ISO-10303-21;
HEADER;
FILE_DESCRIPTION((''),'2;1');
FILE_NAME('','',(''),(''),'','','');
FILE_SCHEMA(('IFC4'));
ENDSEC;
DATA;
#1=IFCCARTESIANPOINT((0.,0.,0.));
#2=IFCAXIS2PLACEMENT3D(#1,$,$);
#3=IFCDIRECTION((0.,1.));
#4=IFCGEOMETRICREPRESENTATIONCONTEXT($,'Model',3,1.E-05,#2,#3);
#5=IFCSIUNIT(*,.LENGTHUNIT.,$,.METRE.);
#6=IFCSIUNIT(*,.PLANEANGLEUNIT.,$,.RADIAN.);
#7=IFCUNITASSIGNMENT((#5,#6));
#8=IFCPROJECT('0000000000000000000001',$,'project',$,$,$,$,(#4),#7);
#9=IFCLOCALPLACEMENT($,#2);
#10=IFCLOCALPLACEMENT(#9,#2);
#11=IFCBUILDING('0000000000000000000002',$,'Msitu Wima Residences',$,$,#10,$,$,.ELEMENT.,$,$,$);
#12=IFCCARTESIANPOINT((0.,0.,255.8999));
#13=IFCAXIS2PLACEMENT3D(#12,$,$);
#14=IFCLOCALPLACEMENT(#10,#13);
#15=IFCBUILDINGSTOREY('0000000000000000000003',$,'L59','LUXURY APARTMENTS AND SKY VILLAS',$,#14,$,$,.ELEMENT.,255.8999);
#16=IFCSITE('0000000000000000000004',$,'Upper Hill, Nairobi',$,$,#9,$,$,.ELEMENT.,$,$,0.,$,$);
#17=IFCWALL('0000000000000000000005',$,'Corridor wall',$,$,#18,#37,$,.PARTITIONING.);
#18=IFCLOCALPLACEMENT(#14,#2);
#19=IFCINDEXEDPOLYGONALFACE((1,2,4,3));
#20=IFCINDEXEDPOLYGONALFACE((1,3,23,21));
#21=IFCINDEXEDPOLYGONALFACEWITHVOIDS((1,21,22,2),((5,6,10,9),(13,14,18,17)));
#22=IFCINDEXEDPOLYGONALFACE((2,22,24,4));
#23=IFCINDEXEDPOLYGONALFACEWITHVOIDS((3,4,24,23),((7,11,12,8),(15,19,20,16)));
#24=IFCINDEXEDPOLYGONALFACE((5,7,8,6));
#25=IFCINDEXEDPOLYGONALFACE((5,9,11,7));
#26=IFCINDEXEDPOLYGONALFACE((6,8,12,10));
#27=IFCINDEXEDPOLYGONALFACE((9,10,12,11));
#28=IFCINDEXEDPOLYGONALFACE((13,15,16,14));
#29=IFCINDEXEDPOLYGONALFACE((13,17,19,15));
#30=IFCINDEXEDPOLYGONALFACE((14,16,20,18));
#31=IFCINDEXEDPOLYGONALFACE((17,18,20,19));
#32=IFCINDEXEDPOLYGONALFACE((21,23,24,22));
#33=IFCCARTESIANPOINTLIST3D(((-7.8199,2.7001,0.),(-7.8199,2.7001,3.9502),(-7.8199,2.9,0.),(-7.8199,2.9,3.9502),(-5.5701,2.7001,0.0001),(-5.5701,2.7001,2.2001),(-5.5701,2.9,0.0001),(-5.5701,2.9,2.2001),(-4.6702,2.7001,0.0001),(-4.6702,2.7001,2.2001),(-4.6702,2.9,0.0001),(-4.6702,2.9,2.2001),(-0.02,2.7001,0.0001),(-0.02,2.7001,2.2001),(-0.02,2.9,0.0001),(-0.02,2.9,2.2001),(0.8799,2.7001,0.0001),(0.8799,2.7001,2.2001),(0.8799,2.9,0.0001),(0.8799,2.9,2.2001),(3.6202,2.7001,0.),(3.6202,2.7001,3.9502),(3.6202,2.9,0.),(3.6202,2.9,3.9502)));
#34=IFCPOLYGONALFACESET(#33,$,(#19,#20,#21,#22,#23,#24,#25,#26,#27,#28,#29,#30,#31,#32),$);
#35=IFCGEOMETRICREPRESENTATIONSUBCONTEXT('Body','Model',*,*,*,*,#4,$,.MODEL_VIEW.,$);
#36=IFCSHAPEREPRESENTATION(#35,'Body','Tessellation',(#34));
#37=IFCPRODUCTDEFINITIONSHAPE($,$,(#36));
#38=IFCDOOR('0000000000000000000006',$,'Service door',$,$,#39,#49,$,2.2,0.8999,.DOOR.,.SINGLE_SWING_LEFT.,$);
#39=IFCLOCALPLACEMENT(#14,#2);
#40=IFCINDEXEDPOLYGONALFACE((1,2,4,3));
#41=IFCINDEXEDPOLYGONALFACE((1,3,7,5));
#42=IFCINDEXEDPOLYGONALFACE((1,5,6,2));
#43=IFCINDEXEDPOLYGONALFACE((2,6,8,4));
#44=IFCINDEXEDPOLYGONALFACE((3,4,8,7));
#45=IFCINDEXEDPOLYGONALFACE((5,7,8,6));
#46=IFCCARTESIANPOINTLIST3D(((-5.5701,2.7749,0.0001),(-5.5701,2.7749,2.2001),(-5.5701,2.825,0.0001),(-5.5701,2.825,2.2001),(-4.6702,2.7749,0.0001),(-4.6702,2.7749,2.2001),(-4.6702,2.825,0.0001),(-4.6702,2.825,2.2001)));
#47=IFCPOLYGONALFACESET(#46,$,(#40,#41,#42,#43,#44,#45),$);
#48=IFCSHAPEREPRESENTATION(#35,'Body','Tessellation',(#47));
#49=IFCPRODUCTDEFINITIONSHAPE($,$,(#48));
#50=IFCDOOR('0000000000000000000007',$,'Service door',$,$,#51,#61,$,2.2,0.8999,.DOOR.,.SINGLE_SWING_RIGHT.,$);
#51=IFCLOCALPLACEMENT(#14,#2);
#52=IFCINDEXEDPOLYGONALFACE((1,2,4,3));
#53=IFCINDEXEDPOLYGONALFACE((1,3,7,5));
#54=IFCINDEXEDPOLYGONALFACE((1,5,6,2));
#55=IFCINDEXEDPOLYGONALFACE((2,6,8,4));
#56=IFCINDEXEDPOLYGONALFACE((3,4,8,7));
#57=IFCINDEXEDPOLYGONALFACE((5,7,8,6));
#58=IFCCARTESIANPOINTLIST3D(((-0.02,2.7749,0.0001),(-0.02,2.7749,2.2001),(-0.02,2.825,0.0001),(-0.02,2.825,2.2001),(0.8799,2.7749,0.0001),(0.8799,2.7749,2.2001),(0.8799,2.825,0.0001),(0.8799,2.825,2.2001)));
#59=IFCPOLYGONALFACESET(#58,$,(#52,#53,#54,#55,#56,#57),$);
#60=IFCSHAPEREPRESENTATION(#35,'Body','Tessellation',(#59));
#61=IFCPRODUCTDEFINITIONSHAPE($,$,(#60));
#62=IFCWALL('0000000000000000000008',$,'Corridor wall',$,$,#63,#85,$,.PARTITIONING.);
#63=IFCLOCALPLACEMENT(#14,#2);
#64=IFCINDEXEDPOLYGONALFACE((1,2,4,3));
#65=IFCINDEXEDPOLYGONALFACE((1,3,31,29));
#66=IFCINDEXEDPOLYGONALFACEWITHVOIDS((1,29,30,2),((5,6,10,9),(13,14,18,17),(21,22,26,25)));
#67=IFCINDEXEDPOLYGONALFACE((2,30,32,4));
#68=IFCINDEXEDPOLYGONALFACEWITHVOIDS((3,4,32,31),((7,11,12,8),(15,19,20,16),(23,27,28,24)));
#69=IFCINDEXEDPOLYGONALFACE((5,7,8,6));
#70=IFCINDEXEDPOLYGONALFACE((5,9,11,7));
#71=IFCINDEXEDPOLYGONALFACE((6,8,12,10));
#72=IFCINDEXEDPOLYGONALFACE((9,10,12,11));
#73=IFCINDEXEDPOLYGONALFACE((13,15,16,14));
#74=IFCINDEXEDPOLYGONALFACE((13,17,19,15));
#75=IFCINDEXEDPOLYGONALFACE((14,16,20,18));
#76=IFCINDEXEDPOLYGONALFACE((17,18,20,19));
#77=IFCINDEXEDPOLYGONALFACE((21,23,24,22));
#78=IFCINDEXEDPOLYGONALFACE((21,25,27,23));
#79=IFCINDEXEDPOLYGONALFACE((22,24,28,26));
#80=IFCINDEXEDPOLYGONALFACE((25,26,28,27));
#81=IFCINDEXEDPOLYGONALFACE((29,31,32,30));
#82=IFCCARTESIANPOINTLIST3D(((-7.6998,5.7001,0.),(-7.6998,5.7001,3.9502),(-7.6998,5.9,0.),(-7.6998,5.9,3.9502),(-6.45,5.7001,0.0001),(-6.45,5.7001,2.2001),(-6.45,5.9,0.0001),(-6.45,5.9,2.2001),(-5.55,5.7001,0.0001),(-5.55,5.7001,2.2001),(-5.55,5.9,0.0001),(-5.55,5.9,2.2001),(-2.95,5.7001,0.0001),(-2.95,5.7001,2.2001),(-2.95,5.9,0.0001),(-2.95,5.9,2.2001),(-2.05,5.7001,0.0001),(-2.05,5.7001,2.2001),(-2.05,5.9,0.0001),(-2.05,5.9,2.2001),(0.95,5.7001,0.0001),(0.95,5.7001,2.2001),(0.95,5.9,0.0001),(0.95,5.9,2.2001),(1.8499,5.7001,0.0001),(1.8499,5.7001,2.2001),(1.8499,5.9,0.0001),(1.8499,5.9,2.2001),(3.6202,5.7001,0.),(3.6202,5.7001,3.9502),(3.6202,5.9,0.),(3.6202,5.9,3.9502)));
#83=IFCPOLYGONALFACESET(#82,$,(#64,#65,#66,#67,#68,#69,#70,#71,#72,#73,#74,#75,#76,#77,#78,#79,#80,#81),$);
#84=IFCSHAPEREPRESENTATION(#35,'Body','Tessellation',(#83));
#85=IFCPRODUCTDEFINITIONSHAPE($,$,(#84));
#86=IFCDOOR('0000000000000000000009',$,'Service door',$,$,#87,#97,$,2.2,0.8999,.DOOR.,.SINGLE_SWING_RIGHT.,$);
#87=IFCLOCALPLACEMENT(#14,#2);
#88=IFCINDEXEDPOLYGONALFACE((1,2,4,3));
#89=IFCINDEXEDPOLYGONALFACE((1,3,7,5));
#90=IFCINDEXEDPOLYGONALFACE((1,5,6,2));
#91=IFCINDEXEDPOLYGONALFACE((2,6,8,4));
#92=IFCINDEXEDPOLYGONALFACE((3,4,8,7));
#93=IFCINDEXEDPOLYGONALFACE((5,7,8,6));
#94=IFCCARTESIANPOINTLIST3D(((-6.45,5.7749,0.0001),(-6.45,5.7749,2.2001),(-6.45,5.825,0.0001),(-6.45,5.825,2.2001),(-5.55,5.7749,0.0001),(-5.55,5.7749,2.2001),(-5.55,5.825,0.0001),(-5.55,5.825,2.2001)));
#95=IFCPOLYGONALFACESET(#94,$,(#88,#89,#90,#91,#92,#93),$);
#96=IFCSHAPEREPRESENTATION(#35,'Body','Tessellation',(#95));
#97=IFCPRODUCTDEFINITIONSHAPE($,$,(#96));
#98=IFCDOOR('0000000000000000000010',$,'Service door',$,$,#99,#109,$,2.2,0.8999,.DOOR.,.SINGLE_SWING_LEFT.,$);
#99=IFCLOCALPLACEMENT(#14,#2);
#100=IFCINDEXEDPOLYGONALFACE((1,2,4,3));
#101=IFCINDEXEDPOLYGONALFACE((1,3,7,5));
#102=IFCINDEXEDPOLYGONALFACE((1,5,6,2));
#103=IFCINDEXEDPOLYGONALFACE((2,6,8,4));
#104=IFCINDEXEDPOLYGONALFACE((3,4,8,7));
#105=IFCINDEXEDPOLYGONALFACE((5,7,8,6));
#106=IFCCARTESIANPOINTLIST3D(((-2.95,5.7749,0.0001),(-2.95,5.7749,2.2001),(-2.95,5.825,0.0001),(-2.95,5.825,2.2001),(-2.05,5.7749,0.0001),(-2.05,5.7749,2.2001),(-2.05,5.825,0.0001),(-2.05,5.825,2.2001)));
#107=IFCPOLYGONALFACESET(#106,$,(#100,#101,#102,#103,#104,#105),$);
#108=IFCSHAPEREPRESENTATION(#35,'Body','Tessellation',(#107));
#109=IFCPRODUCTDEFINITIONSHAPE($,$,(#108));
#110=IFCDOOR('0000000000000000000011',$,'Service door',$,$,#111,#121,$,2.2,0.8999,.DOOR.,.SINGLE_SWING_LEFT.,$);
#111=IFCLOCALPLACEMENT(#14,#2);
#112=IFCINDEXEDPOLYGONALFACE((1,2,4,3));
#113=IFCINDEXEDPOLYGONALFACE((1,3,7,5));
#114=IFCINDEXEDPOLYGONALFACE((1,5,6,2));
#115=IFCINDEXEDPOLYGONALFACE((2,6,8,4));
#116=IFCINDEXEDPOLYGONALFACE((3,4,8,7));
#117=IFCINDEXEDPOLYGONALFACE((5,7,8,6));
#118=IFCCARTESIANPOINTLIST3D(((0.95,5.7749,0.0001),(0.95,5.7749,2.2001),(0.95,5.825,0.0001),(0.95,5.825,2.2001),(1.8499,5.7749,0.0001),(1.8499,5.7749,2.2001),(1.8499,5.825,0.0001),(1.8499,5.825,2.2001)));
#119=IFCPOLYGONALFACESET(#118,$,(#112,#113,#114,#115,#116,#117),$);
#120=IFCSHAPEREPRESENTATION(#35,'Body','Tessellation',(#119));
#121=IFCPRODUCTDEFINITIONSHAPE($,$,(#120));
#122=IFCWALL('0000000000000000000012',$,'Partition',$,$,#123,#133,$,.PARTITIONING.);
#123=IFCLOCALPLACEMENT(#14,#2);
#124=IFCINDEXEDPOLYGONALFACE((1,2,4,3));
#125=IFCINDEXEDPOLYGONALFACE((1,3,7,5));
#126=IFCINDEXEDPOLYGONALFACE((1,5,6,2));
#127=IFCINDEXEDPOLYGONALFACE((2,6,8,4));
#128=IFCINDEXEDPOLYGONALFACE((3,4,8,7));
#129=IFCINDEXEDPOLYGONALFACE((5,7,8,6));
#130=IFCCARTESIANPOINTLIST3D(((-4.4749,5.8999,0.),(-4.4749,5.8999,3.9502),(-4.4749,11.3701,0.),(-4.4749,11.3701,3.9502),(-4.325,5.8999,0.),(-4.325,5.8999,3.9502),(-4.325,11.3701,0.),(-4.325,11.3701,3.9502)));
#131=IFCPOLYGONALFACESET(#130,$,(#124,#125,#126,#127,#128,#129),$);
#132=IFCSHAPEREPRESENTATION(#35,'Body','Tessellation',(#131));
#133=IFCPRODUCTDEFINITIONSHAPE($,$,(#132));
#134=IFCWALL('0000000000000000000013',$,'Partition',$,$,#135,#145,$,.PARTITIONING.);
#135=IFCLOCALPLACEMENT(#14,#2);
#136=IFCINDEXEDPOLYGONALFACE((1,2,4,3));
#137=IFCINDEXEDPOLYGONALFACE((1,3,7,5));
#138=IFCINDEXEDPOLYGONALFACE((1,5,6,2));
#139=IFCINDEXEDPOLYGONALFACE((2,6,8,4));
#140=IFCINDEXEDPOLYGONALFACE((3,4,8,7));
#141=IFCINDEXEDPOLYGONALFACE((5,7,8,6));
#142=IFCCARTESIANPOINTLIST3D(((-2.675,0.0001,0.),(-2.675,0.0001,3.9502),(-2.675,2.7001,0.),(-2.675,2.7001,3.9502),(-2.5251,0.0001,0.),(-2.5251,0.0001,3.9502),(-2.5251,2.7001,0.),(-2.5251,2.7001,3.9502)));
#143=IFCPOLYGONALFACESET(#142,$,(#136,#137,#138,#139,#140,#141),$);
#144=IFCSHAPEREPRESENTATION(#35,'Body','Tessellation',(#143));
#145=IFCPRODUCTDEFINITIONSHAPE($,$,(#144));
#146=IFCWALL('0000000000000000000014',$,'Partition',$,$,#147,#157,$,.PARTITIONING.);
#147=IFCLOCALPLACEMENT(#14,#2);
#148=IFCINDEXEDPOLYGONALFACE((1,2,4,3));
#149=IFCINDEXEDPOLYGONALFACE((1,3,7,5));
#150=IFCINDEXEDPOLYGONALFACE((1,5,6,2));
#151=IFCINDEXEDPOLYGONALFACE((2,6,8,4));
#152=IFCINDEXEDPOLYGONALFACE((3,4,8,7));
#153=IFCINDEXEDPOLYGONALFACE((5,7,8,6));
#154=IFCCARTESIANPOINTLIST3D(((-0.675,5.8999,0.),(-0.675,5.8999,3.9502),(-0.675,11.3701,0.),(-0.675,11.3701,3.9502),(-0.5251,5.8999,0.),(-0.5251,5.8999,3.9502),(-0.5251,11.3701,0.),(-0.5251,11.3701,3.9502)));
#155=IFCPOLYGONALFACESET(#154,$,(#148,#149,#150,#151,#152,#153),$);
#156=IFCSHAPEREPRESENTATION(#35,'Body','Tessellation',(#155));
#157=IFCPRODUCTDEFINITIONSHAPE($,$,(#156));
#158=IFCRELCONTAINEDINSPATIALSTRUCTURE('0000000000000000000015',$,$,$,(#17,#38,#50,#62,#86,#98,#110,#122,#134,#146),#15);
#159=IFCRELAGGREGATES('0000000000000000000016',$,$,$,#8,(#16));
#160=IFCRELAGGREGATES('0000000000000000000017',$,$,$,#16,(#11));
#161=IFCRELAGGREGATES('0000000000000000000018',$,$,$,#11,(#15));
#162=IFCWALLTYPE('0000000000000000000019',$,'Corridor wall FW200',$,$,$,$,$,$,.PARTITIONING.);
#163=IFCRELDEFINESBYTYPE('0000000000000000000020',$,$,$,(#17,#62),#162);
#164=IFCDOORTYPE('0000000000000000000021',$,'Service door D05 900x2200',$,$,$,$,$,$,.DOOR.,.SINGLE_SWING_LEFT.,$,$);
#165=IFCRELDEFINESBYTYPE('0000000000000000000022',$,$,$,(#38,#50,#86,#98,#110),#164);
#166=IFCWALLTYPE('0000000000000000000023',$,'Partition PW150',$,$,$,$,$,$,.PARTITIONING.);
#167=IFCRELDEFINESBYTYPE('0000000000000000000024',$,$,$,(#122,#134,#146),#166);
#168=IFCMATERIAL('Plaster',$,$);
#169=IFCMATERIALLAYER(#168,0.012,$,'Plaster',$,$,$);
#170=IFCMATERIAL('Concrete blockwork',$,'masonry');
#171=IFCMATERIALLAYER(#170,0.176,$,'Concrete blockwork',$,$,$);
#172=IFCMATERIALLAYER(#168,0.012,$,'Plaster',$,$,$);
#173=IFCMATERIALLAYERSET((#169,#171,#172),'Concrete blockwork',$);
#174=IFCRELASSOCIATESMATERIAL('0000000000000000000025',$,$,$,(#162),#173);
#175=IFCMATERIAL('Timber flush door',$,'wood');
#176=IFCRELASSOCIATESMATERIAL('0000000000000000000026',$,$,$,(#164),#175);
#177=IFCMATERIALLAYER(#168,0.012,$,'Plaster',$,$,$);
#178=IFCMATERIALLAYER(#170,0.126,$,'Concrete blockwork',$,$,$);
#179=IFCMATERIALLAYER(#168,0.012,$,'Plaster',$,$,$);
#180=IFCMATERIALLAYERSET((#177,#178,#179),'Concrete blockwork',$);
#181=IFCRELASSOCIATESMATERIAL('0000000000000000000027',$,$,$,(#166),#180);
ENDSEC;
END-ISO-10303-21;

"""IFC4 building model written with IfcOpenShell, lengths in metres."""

from ifc_helpers import new_model, si_unit, direction, frame, frame_2d, origin, place, context, subcontext, project, spatial, rectangle, extrude, material, layer, layer_set, type_object, element, fill, save


model = new_model("IFC4")

# Units and contexts
model_context = context("Model", 3, precision=1e-05, world=origin(), true_north=direction((0.0, 1.0)))
body_context = subcontext(model_context, "Body", "Model", "MODEL_VIEW")
ifc_project = project(units=[si_unit("LENGTHUNIT", "METRE"), si_unit("PLANEANGLEUNIT", "RADIAN")], contexts=[model_context])

# Site, building, storey
site_placement = place(None, origin())
site = spatial("IfcSite", under=ifc_project, at=site_placement, Name="Upper Hill, Nairobi", CompositionType="ELEMENT", RefElevation=0.0)
building_placement = place(site_placement, origin())
building = spatial("IfcBuilding", under=site, at=building_placement, Name="Msitu Wima Residences", CompositionType="ELEMENT")
storey_placement = place(building_placement, frame((0.0, 0.0, 255.8999)))
storey = spatial("IfcBuildingStorey", under=building, at=storey_placement, Name="L59", Description="LUXURY APARTMENTS AND SKY VILLAS", CompositionType="ELEMENT", Elevation=255.8999)

# Wall, openings, doors
ifc_material_1 = material(Name="Plaster")
ifc_layer_1 = layer(ifc_material_1, 0.012, Name="Plaster")
ifc_material_2 = material(Name="Concrete blockwork", Category="masonry")
ifc_layer_2 = layer(ifc_material_2, 0.176, Name="Concrete blockwork")
ifc_layer_3 = layer(ifc_material_1, 0.012, Name="Plaster")
ifc_layer_set_1 = layer_set([ifc_layer_1, ifc_layer_2, ifc_layer_3], Name="Concrete blockwork")
wall_type_1 = type_object("IfcWallType", Name="Corridor wall FW200", PredefinedType="PARTITIONING", material=ifc_layer_set_1)
wall_1_placement = place(storey_placement, frame((-7.8201, 2.8, 0.0), z_axis=(0.0, 0.0, 1.0), x_axis=(1.0, 0.0, 0.0)))
wall_1 = element("IfcWall", 1, at=wall_1_placement, inside=storey, type_object=wall_type_1, Name="Corridor wall", PredefinedType="PARTITIONING", context=body_context, shape_type="SweptSolid", body=[
    extrude(rectangle(XDim=11.4402, YDim=0.2, at=frame_2d((5.7202, 0.0))), origin(), (0.0, 0.0, 1.0), 3.9502),
])
opening_1_placement = place(wall_1_placement, frame((2.25, 0.0, 0.0)))
opening_1 = element("IfcOpeningElement", 2, at=opening_1_placement, cuts=wall_1, PredefinedType="OPENING", context=body_context, shape_type="SweptSolid", body=[
    extrude(rectangle(XDim=0.8999, YDim=2.2, at=frame_2d((0.45, 1.1001))), frame((0.0, 0.1099, 0.0), z_axis=(0.0, -1.0, 0.0), x_axis=(1.0, 0.0, 0.0)), (0.0, 0.0, 1.0), 0.22),
])
opening_2_placement = place(wall_1_placement, frame((7.8, 0.0, 0.0)))
opening_2 = element("IfcOpeningElement", 3, at=opening_2_placement, cuts=wall_1, PredefinedType="OPENING", context=body_context, shape_type="SweptSolid", body=[
    extrude(rectangle(XDim=0.8999, YDim=2.2, at=frame_2d((0.45, 1.1001))), frame((0.0, 0.1099, 0.0), z_axis=(0.0, -1.0, 0.0), x_axis=(1.0, 0.0, 0.0)), (0.0, 0.0, 1.0), 0.22),
])
ifc_material_3 = material(Name="Timber flush door", Category="wood")
door_type_1 = type_object("IfcDoorType", Name="Service door D05 900x2200", OperationType="SINGLE_SWING_LEFT", PredefinedType="DOOR", material=ifc_material_3)
door_1_placement = place(opening_1_placement, origin())
door_1 = element("IfcDoor", 4, at=door_1_placement, inside=storey, type_object=door_type_1, Name="Service door", OperationType="SINGLE_SWING_LEFT", OverallHeight=2.2, OverallWidth=0.8999, PredefinedType="DOOR", context=body_context, shape_type="SweptSolid", body=[
    extrude(rectangle(XDim=0.8999, YDim=2.2, at=frame_2d((0.45, 1.1001))), frame((0.0, 0.0249, 0.0), z_axis=(0.0, -1.0, 0.0), x_axis=(1.0, 0.0, 0.0)), (0.0, 0.0, 1.0), 0.05),
])
fill(opening_1, door_1)
door_2_placement = place(opening_2_placement, origin())
door_2 = element("IfcDoor", 5, at=door_2_placement, inside=storey, type_object=door_type_1, Name="Service door", OperationType="SINGLE_SWING_RIGHT", OverallHeight=2.2, OverallWidth=0.8999, PredefinedType="DOOR", context=body_context, shape_type="SweptSolid", body=[
    extrude(rectangle(XDim=0.8999, YDim=2.2, at=frame_2d((0.45, 1.1001))), frame((0.0, 0.0249, 0.0), z_axis=(0.0, -1.0, 0.0), x_axis=(1.0, 0.0, 0.0)), (0.0, 0.0, 1.0), 0.05),
])
fill(opening_2, door_2)

# Wall, openings, doors
wall_2_placement = place(storey_placement, frame((-7.7, 5.8, 0.0), z_axis=(0.0, 0.0, 1.0), x_axis=(1.0, 0.0, 0.0)))
wall_2 = element("IfcWall", 6, at=wall_2_placement, inside=storey, type_object=wall_type_1, Name="Corridor wall", PredefinedType="PARTITIONING", context=body_context, shape_type="SweptSolid", body=[
    extrude(rectangle(XDim=11.3201, YDim=0.2, at=frame_2d((5.6602, 0.0))), origin(), (0.0, 0.0, 1.0), 3.9502),
])
opening_3_placement = place(wall_2_placement, frame((1.25, 0.0, 0.0)))
opening_3 = element("IfcOpeningElement", 7, at=opening_3_placement, cuts=wall_2, PredefinedType="OPENING", context=body_context, shape_type="SweptSolid", body=[
    extrude(rectangle(XDim=0.8999, YDim=2.2, at=frame_2d((0.45, 1.1001))), frame((0.0, 0.1099, 0.0), z_axis=(0.0, -1.0, 0.0), x_axis=(1.0, 0.0, 0.0)), (0.0, 0.0, 1.0), 0.22),
])
opening_4_placement = place(wall_2_placement, frame((4.75, 0.0, 0.0)))
opening_4 = element("IfcOpeningElement", 8, at=opening_4_placement, cuts=wall_2, PredefinedType="OPENING", context=body_context, shape_type="SweptSolid", body=[
    extrude(rectangle(XDim=0.8999, YDim=2.2, at=frame_2d((0.45, 1.1001))), frame((0.0, 0.1099, 0.0), z_axis=(0.0, -1.0, 0.0), x_axis=(1.0, 0.0, 0.0)), (0.0, 0.0, 1.0), 0.22),
])
opening_5_placement = place(wall_2_placement, frame((8.6499, 0.0, 0.0)))
opening_5 = element("IfcOpeningElement", 9, at=opening_5_placement, cuts=wall_2, PredefinedType="OPENING", context=body_context, shape_type="SweptSolid", body=[
    extrude(rectangle(XDim=0.8999, YDim=2.2, at=frame_2d((0.45, 1.1001))), frame((0.0, 0.1099, 0.0), z_axis=(0.0, -1.0, 0.0), x_axis=(1.0, 0.0, 0.0)), (0.0, 0.0, 1.0), 0.22),
])
door_3_placement = place(opening_3_placement, origin())
door_3 = element("IfcDoor", 10, at=door_3_placement, inside=storey, type_object=door_type_1, Name="Service door", OperationType="SINGLE_SWING_RIGHT", OverallHeight=2.2, OverallWidth=0.8999, PredefinedType="DOOR", context=body_context, shape_type="SweptSolid", body=[
    extrude(rectangle(XDim=0.8999, YDim=2.2, at=frame_2d((0.45, 1.1001))), frame((0.0, 0.0249, 0.0), z_axis=(0.0, -1.0, 0.0), x_axis=(1.0, 0.0, 0.0)), (0.0, 0.0, 1.0), 0.05),
])
fill(opening_3, door_3)
door_4_placement = place(opening_4_placement, origin())
door_4 = element("IfcDoor", 11, at=door_4_placement, inside=storey, type_object=door_type_1, Name="Service door", OperationType="SINGLE_SWING_LEFT", OverallHeight=2.2, OverallWidth=0.8999, PredefinedType="DOOR", context=body_context, shape_type="SweptSolid", body=[
    extrude(rectangle(XDim=0.8999, YDim=2.2, at=frame_2d((0.45, 1.1001))), frame((0.0, 0.0249, 0.0), z_axis=(0.0, -1.0, 0.0), x_axis=(1.0, 0.0, 0.0)), (0.0, 0.0, 1.0), 0.05),
])
fill(opening_4, door_4)
door_5_placement = place(opening_5_placement, origin())
door_5 = element("IfcDoor", 12, at=door_5_placement, inside=storey, type_object=door_type_1, Name="Service door", OperationType="SINGLE_SWING_LEFT", OverallHeight=2.2, OverallWidth=0.8999, PredefinedType="DOOR", context=body_context, shape_type="SweptSolid", body=[
    extrude(rectangle(XDim=0.8999, YDim=2.2, at=frame_2d((0.45, 1.1001))), frame((0.0, 0.0249, 0.0), z_axis=(0.0, -1.0, 0.0), x_axis=(1.0, 0.0, 0.0)), (0.0, 0.0, 1.0), 0.05),
])
fill(opening_5, door_5)

# Walls
ifc_layer_4 = layer(ifc_material_1, 0.012, Name="Plaster")
ifc_layer_5 = layer(ifc_material_2, 0.126, Name="Concrete blockwork")
ifc_layer_6 = layer(ifc_material_1, 0.012, Name="Plaster")
ifc_layer_set_2 = layer_set([ifc_layer_4, ifc_layer_5, ifc_layer_6], Name="Concrete blockwork")
wall_type_2 = type_object("IfcWallType", Name="Partition PW150", PredefinedType="PARTITIONING", material=ifc_layer_set_2)
wall_3_placement = place(storey_placement, frame((-4.3999, 5.8999, 0.0), z_axis=(0.0, 0.0, 1.0), x_axis=(0.0, 1.0, 0.0)))
element("IfcWall", 13, at=wall_3_placement, inside=storey, type_object=wall_type_2, Name="Partition", PredefinedType="PARTITIONING", context=body_context, shape_type="SweptSolid", body=[
    extrude(rectangle(XDim=5.4702, YDim=0.1499, at=frame_2d((2.7351, 0.0))), origin(), (0.0, 0.0, 1.0), 3.9502),
])
wall_4_placement = place(storey_placement, frame((-2.6001, 0.0, 0.0), z_axis=(0.0, 0.0, 1.0), x_axis=(0.0, 1.0, 0.0)))
element("IfcWall", 14, at=wall_4_placement, inside=storey, type_object=wall_type_2, Name="Partition", PredefinedType="PARTITIONING", context=body_context, shape_type="SweptSolid", body=[
    extrude(rectangle(XDim=2.7, YDim=0.1499, at=frame_2d((1.3501, 0.0))), origin(), (0.0, 0.0, 1.0), 3.9502),
])
wall_5_placement = place(storey_placement, frame((-0.6001, 5.8999, 0.0), z_axis=(0.0, 0.0, 1.0), x_axis=(0.0, 1.0, 0.0)))
element("IfcWall", 15, at=wall_5_placement, inside=storey, type_object=wall_type_2, Name="Partition", PredefinedType="PARTITIONING", context=body_context, shape_type="SweptSolid", body=[
    extrude(rectangle(XDim=5.4702, YDim=0.1499, at=frame_2d((2.7351, 0.0))), origin(), (0.0, 0.0, 1.0), 3.9502),
])

save(model, "model.ifc")
